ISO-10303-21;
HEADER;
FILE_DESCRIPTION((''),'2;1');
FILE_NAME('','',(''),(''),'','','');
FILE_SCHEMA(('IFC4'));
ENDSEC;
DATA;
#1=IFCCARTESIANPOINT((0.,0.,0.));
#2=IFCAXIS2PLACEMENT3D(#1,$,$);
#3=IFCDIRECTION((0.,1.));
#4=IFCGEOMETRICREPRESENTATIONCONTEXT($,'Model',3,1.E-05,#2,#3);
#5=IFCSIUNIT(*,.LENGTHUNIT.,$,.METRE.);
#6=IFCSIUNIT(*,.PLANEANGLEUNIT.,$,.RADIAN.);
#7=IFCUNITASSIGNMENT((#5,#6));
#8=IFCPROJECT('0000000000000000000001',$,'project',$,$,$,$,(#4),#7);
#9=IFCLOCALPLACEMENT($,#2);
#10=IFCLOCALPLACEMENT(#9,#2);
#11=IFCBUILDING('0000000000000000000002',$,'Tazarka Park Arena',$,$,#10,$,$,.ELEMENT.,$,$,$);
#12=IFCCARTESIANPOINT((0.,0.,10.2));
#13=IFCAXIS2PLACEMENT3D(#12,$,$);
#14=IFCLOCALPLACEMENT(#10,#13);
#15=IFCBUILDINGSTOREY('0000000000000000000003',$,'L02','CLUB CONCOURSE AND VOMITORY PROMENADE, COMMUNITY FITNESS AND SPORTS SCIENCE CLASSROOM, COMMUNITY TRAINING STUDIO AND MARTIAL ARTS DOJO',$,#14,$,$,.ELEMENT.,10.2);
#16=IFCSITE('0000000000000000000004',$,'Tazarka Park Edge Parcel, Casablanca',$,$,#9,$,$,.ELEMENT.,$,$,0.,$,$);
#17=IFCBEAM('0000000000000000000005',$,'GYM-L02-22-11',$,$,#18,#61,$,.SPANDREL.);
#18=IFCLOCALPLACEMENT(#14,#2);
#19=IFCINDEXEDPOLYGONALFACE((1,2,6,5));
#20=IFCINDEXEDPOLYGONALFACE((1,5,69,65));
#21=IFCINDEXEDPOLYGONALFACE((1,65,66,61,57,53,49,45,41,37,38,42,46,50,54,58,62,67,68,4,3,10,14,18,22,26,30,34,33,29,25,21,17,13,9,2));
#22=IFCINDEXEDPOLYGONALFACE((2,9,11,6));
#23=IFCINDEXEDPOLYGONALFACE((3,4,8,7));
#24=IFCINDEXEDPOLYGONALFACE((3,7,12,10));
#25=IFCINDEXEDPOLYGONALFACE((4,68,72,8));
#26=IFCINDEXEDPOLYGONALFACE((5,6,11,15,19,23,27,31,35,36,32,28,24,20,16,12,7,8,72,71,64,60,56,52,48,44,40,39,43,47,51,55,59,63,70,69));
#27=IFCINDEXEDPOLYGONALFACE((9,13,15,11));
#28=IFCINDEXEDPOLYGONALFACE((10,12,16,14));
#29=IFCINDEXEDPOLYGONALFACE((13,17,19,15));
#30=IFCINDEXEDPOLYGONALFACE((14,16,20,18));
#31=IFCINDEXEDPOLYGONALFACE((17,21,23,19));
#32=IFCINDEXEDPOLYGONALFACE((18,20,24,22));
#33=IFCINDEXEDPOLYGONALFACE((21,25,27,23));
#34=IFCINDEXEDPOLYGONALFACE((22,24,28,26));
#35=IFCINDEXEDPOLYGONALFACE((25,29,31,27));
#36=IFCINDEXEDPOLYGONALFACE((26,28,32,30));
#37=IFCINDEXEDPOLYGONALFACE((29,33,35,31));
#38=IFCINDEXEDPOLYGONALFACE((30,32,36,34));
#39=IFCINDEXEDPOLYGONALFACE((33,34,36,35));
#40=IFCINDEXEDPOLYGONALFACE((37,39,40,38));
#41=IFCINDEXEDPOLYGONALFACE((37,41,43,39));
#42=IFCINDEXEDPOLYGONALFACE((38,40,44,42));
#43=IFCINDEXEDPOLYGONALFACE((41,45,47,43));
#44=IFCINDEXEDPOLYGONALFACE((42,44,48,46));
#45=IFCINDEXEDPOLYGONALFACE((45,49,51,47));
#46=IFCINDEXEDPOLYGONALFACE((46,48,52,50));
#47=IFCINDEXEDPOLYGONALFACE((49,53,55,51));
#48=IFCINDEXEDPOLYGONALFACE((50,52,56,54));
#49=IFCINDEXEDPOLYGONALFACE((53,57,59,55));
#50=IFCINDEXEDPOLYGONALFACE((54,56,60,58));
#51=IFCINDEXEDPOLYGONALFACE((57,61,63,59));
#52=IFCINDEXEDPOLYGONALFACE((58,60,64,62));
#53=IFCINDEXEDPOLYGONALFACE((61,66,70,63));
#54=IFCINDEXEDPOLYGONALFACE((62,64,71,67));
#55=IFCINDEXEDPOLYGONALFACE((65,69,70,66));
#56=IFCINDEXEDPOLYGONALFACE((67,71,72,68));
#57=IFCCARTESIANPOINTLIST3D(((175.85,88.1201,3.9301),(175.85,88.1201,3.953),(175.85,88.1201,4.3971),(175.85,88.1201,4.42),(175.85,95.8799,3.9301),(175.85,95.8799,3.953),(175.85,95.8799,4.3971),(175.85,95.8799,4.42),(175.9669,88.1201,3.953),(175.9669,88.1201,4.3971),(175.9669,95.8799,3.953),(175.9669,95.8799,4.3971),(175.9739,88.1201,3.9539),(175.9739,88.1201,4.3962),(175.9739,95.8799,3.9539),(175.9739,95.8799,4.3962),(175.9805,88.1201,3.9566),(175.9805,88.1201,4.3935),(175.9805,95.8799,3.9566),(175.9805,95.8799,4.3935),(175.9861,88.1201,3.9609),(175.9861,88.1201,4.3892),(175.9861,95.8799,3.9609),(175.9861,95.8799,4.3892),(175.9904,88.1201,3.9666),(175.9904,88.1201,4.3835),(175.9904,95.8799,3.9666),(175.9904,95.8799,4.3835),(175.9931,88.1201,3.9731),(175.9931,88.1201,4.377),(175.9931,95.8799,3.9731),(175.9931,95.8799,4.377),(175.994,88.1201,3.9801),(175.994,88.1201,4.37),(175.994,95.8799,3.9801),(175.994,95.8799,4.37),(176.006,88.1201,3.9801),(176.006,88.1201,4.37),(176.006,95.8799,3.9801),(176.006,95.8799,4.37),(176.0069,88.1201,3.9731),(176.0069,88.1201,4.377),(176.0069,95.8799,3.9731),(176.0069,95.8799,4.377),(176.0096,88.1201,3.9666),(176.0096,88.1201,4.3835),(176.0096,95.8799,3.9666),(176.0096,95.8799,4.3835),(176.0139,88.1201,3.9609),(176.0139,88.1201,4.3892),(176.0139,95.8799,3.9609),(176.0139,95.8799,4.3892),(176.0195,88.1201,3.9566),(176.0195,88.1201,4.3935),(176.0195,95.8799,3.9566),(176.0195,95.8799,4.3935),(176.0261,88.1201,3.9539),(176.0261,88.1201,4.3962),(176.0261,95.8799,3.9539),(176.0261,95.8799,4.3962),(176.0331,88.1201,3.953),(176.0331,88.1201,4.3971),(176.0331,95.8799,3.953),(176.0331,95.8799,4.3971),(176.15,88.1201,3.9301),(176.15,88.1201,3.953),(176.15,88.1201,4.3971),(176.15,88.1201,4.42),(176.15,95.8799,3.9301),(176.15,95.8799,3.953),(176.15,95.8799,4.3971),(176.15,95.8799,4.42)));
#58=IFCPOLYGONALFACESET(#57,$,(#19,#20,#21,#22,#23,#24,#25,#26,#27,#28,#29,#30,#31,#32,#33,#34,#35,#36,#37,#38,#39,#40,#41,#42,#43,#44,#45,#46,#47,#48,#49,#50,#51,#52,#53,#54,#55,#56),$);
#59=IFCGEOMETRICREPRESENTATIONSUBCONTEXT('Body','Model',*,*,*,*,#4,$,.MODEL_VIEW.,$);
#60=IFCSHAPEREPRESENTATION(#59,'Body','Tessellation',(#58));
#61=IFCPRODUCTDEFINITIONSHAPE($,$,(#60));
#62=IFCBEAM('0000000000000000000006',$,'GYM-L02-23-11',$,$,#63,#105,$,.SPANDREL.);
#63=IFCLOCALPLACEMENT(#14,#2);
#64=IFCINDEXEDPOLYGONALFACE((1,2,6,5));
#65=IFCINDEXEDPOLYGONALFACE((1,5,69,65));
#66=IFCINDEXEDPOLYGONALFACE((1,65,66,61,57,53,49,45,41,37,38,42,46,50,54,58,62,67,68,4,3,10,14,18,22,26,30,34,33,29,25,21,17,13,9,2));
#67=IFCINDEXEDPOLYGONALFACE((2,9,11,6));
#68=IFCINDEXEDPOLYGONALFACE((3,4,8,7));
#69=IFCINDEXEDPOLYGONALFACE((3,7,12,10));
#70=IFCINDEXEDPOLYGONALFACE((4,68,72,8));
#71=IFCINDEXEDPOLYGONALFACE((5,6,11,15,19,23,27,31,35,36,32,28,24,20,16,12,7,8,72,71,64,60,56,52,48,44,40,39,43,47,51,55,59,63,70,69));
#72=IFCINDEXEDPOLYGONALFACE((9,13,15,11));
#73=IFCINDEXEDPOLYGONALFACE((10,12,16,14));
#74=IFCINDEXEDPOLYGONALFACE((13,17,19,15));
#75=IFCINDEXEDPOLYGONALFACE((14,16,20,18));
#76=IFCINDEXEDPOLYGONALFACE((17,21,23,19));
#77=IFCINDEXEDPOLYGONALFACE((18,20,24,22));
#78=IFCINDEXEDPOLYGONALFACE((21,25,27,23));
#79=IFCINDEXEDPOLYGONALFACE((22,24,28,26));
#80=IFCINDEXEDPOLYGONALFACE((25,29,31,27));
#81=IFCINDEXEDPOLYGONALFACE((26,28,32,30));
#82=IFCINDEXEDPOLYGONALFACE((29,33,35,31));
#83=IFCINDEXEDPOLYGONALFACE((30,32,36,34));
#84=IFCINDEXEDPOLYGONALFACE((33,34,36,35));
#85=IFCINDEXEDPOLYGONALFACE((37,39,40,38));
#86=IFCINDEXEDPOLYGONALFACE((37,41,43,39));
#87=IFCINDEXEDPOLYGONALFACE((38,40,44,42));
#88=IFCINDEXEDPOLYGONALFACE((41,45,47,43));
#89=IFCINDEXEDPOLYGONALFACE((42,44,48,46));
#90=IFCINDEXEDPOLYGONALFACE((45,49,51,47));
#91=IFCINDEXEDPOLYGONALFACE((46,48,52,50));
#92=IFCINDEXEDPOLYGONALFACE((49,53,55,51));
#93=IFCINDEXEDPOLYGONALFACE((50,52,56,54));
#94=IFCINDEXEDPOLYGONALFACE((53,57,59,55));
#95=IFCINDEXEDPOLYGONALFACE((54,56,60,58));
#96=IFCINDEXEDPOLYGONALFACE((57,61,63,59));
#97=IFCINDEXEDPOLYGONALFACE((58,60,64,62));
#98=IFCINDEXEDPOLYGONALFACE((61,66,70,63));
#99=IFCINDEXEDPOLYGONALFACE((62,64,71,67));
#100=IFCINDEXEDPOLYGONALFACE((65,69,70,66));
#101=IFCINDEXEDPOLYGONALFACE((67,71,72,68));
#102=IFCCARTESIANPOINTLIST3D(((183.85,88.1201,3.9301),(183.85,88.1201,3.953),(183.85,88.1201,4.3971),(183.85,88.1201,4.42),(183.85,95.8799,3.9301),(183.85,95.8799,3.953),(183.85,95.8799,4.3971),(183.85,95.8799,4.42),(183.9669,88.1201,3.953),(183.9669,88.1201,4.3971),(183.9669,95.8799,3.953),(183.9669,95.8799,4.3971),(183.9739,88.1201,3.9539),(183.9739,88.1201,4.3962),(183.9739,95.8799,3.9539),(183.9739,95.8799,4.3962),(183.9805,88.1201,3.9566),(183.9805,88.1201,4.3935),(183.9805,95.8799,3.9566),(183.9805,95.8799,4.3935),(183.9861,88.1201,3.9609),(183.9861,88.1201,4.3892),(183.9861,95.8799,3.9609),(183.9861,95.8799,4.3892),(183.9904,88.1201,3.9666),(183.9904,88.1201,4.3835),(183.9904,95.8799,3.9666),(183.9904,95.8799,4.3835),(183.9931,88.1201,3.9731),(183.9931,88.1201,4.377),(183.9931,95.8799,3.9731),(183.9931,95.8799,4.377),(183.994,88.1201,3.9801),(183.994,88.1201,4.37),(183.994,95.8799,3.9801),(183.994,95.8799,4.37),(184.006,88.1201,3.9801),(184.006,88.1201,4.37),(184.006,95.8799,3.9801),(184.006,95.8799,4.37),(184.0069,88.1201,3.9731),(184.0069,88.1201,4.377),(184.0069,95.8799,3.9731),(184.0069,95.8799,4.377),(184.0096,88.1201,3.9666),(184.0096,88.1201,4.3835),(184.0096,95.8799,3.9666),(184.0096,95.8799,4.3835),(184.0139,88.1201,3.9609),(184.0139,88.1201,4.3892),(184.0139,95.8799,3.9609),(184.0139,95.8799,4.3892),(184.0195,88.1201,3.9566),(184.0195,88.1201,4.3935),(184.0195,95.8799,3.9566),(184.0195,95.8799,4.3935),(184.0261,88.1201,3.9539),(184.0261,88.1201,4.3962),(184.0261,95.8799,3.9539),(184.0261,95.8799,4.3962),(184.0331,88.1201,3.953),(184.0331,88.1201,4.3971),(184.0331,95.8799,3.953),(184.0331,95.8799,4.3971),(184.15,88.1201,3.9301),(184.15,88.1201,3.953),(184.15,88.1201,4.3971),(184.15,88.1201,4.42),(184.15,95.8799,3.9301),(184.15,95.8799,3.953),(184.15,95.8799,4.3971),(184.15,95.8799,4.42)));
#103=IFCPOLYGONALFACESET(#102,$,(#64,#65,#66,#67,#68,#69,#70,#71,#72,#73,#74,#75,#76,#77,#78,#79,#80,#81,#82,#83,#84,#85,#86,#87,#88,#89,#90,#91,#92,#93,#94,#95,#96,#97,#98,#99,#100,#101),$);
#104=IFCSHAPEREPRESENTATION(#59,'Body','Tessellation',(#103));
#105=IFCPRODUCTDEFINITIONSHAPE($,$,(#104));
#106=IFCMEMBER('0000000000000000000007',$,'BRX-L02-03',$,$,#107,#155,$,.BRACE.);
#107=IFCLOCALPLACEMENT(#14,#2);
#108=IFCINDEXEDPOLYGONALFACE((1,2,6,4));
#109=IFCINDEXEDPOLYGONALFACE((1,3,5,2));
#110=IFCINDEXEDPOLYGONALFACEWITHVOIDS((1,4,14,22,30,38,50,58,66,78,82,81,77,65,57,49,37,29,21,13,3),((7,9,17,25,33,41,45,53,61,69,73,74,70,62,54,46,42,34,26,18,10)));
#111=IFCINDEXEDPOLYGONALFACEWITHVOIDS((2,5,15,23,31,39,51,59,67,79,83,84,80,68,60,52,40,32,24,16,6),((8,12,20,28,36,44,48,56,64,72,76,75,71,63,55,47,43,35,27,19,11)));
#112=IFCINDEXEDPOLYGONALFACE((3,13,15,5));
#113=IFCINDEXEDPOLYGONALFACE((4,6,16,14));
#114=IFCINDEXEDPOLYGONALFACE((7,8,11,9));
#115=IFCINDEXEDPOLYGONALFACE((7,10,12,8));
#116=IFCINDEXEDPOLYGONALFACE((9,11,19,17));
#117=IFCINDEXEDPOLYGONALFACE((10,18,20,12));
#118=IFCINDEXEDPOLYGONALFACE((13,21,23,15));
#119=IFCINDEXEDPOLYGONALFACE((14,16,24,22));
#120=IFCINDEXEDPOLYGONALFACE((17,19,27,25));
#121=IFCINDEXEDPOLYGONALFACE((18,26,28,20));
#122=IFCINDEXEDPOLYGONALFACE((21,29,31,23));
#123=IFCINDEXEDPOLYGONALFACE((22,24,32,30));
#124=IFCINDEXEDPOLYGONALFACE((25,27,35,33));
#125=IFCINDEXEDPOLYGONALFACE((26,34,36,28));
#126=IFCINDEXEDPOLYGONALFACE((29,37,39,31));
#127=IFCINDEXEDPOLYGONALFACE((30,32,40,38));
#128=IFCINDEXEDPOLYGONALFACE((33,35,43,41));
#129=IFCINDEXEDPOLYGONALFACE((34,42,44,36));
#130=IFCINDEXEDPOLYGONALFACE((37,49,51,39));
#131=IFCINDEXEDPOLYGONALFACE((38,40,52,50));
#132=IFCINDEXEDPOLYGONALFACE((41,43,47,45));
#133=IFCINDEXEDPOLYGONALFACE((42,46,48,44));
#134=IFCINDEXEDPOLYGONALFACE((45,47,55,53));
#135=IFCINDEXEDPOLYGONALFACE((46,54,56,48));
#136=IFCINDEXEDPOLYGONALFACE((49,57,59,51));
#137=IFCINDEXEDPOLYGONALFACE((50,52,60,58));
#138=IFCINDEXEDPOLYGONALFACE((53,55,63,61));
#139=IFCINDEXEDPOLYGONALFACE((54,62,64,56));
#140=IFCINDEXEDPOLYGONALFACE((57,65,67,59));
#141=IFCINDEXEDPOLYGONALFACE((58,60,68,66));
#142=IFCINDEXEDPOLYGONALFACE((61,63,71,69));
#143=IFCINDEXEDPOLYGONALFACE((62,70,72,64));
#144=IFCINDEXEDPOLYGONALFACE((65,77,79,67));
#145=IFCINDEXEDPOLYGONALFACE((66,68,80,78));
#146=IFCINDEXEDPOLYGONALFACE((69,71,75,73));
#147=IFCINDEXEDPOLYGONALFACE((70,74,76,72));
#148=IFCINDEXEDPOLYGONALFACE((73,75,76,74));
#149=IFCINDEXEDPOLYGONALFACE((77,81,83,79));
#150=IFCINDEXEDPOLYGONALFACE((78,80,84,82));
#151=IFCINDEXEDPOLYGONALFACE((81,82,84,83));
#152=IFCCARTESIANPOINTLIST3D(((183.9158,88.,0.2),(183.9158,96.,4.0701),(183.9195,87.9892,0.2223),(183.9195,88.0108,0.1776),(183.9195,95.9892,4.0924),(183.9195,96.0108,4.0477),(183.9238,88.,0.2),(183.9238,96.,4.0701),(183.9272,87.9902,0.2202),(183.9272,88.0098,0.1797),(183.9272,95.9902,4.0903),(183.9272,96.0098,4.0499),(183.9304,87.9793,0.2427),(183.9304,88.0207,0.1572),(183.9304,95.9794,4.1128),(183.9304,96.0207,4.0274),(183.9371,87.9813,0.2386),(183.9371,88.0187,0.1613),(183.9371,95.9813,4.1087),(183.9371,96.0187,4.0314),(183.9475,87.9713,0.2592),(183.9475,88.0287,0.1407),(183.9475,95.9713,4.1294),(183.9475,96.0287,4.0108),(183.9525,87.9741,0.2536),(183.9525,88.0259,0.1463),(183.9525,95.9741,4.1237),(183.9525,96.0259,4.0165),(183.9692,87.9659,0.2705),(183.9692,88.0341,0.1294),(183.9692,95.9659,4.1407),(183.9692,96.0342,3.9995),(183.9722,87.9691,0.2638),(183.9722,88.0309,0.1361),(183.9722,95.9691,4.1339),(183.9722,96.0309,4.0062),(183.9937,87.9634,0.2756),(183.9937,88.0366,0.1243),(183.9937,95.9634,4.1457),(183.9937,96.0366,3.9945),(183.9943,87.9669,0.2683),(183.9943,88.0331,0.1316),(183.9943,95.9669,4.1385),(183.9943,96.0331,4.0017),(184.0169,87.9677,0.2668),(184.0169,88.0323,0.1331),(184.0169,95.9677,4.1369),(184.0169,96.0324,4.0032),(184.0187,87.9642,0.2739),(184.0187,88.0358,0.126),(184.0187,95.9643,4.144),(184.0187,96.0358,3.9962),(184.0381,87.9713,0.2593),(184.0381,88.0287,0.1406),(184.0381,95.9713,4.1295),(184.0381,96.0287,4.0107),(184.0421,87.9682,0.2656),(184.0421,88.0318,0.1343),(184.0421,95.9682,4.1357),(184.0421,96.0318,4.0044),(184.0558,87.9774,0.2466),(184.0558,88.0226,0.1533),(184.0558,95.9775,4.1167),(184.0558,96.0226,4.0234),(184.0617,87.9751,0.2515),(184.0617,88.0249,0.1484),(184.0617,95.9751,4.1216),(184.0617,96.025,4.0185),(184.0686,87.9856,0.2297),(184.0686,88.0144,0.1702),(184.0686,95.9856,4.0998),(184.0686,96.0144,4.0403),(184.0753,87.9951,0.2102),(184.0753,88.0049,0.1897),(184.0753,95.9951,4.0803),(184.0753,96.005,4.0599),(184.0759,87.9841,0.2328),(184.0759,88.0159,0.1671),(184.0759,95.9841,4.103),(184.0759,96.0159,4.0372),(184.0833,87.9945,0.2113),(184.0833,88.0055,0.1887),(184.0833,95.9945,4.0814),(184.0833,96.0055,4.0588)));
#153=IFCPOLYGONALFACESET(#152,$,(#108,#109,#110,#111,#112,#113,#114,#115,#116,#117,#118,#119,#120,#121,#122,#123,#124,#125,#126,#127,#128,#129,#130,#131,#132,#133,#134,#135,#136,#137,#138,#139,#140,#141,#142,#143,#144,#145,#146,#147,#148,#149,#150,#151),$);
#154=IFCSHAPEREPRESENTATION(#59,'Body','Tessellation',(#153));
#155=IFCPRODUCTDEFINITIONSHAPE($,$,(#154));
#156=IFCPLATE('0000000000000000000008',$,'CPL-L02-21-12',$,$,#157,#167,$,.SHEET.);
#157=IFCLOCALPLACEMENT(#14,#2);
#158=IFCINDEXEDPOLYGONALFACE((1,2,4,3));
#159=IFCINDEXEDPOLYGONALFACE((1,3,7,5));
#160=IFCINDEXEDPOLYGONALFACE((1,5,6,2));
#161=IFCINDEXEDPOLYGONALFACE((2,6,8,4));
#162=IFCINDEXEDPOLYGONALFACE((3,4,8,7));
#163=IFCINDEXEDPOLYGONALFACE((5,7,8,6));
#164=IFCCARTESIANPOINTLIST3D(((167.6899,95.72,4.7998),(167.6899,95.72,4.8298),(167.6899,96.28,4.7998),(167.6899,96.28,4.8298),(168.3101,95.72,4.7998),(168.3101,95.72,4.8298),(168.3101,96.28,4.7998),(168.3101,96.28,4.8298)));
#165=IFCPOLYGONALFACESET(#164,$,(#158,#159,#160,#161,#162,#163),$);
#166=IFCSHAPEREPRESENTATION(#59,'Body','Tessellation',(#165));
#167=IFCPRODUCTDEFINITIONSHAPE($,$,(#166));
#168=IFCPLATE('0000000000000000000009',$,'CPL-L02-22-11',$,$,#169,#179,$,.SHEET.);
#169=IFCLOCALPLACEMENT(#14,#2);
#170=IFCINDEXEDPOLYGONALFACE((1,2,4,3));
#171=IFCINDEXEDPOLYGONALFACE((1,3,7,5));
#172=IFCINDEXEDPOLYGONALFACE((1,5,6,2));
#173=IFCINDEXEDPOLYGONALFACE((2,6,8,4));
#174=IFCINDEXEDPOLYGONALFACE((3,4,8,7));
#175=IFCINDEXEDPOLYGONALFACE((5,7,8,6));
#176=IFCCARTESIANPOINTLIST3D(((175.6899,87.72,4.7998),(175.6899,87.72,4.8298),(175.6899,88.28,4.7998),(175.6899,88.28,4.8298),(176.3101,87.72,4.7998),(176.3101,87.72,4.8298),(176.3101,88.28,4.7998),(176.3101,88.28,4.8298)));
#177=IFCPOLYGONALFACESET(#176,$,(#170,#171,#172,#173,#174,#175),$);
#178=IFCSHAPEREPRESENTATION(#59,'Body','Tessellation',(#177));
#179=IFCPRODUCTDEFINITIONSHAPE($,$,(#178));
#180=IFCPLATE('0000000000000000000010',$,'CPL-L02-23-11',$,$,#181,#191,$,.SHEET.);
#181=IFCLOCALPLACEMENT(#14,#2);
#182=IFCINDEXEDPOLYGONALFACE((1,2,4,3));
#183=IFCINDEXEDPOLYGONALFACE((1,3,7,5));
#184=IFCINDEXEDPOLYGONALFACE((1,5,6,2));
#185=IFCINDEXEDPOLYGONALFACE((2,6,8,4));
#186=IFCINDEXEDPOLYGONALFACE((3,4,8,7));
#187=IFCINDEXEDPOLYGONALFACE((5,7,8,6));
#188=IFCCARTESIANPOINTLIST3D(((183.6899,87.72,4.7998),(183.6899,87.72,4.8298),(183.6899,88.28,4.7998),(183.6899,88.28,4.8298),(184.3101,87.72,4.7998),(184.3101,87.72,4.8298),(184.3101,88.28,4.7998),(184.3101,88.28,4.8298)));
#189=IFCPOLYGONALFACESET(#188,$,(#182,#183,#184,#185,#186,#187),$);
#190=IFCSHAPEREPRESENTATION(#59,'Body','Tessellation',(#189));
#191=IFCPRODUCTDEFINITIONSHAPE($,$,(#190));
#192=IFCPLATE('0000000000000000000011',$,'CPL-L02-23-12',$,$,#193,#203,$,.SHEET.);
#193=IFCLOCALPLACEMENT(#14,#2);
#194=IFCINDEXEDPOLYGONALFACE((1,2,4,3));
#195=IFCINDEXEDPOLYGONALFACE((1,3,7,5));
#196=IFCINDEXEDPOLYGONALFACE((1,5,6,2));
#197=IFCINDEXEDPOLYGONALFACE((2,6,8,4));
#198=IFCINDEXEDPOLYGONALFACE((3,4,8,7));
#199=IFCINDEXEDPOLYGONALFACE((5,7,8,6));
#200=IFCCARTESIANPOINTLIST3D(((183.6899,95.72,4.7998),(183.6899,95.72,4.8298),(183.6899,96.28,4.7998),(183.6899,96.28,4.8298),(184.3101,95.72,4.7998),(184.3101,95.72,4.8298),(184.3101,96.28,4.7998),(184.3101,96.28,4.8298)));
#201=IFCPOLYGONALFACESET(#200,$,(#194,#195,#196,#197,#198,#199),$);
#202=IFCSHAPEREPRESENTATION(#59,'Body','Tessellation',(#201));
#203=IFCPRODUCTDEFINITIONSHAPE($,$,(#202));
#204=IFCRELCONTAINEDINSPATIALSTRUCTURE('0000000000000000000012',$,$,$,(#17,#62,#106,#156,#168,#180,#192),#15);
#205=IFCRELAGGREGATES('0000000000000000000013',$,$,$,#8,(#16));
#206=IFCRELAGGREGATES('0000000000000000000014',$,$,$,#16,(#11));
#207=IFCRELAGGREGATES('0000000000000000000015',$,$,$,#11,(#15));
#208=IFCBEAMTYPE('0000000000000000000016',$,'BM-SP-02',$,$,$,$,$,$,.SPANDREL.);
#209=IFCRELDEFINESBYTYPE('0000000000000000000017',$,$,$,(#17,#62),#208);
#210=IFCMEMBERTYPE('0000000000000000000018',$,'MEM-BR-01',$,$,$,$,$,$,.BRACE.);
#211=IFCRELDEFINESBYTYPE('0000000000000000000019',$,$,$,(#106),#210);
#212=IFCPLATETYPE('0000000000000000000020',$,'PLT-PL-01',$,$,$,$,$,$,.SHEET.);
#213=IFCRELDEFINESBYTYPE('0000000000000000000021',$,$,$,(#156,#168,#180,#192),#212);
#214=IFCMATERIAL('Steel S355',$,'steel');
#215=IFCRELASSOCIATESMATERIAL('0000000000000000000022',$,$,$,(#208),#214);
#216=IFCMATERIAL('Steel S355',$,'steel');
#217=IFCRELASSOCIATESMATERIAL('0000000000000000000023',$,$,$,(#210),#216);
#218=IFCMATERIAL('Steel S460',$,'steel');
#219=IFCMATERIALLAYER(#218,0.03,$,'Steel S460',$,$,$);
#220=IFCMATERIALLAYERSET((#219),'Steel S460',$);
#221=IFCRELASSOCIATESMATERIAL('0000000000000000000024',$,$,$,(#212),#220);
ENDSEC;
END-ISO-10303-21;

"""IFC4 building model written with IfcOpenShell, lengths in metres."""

from ifc_helpers import new_model, si_unit, direction, frame, origin, origin_2d, place, context, subcontext, project, spatial, rectangle, hollow_circle, i_section, extrude, material, layer, layer_set, material_profile, profile_set, type_object, element, save


model = new_model("IFC4")

# Units and contexts
model_context = context("Model", 3, precision=1e-05, world=origin(), true_north=direction((0.0, 1.0)))
body_context = subcontext(model_context, "Body", "Model", "MODEL_VIEW")
ifc_project = project(units=[si_unit("LENGTHUNIT", "METRE"), si_unit("PLANEANGLEUNIT", "RADIAN")], contexts=[model_context])

# Site, building, storey
site_placement = place(None, origin())
site = spatial("IfcSite", under=ifc_project, at=site_placement, Name="Tazarka Park Edge Parcel, Casablanca", CompositionType="ELEMENT", RefElevation=0.0)
building_placement = place(site_placement, origin())
building = spatial("IfcBuilding", under=site, at=building_placement, Name="Tazarka Park Arena", CompositionType="ELEMENT")
storey_placement = place(building_placement, frame((0.0, 0.0, 10.2)))
storey = spatial("IfcBuildingStorey", under=building, at=storey_placement, Name="L02", Description="CLUB CONCOURSE AND VOMITORY PROMENADE, COMMUNITY FITNESS AND SPORTS SCIENCE CLASSROOM, COMMUNITY TRAINING STUDIO AND MARTIAL ARTS DOJO", CompositionType="ELEMENT", Elevation=10.2)

# Beams
ifc_material_1 = material(Name="Steel S355", Category="steel")
ifc_material_profile_1 = material_profile(ifc_material_1, i_section(OverallWidth=0.3, OverallDepth=0.49, WebThickness=0.012, FlangeThickness=0.0229, FilletRadius=0.0271, at=origin_2d()), Name="Steel S355")
ifc_profile_set_1 = profile_set([ifc_material_profile_1], Name="Steel S355")
beam_type_1 = type_object("IfcBeamType", Name="BM-SP-02", PredefinedType="SPANDREL", material=ifc_profile_set_1)
for number, where, z_axis, x_axis, name in (
    (1, (176.0, 88.1201, 4.175), (0.0, 1.0, 0.0), (-1.0, 0.0, 0.0), "GYM-L02-22-11"),
    (2, (184.0, 88.1201, 4.175), (0.0, 1.0, 0.0), (-1.0, 0.0, 0.0), "GYM-L02-23-11"),
):
    element("IfcBeam", number, at=place(storey_placement, frame(where, z_axis=z_axis, x_axis=x_axis)), inside=storey, type_object=beam_type_1, Name=name, PredefinedType="SPANDREL", context=body_context, shape_type="SweptSolid", body=[
        extrude(i_section(OverallWidth=0.3, OverallDepth=0.49, WebThickness=0.012, FlangeThickness=0.0229, FilletRadius=0.0271, at=origin_2d()), origin(), (0.0, 0.0, 1.0), 7.7598),
    ])

# Member
ifc_material_2 = material(Name="Steel S355", Category="steel")
ifc_material_profile_2 = material_profile(ifc_material_2, hollow_circle(Radius=0.0842, WallThickness=0.0081, at=origin_2d()), Name="Steel S355")
ifc_profile_set_2 = profile_set([ifc_material_profile_2], Name="Steel S355")
member_type = type_object("IfcMemberType", Name="MEM-BR-01", PredefinedType="BRACE", material=ifc_profile_set_2)
member_placement = place(storey_placement, frame((184.0, 88.0, 0.2), z_axis=(0.0, 0.900197, 0.435483), x_axis=(-1.0, 0.0, 0.0)))
element("IfcMember", 3, at=member_placement, inside=storey, type_object=member_type, Name="BRX-L02-03", PredefinedType="BRACE", context=body_context, shape_type="SweptSolid", body=[
    extrude(hollow_circle(Radius=0.0842, WallThickness=0.0081, at=origin_2d()), origin(), (0.0, 0.0, 1.0), 8.887),
])

# Plates
ifc_material_3 = material(Name="Steel S460", Category="steel")
ifc_layer_1 = layer(ifc_material_3, 0.03, Name="Steel S460")
ifc_layer_set_1 = layer_set([ifc_layer_1], Name="Steel S460")
plate_type_1 = type_object("IfcPlateType", Name="PLT-PL-01", PredefinedType="SHEET", material=ifc_layer_set_1)
for number, where, z_axis, x_axis, name in (
    (4, (168.0, 96.0, 4.7998), (0.0, 0.0, 1.0), (1.0, 0.0, 0.0), "CPL-L02-21-12"),
    (5, (176.0, 88.0, 4.7998), (0.0, 0.0, 1.0), (1.0, 0.0, 0.0), "CPL-L02-22-11"),
    (6, (184.0, 88.0, 4.7998), (0.0, 0.0, 1.0), (1.0, 0.0, 0.0), "CPL-L02-23-11"),
    (7, (184.0, 96.0, 4.7998), (0.0, 0.0, 1.0), (1.0, 0.0, 0.0), "CPL-L02-23-12"),
):
    element("IfcPlate", number, at=place(storey_placement, frame(where, z_axis=z_axis, x_axis=x_axis)), inside=storey, type_object=plate_type_1, Name=name, PredefinedType="SHEET", context=body_context, shape_type="SweptSolid", body=[
        extrude(rectangle(XDim=0.6201, YDim=0.5601, at=origin_2d()), origin(), (0.0, 0.0, 1.0), 0.03),
    ])

save(model, "model.ifc")
